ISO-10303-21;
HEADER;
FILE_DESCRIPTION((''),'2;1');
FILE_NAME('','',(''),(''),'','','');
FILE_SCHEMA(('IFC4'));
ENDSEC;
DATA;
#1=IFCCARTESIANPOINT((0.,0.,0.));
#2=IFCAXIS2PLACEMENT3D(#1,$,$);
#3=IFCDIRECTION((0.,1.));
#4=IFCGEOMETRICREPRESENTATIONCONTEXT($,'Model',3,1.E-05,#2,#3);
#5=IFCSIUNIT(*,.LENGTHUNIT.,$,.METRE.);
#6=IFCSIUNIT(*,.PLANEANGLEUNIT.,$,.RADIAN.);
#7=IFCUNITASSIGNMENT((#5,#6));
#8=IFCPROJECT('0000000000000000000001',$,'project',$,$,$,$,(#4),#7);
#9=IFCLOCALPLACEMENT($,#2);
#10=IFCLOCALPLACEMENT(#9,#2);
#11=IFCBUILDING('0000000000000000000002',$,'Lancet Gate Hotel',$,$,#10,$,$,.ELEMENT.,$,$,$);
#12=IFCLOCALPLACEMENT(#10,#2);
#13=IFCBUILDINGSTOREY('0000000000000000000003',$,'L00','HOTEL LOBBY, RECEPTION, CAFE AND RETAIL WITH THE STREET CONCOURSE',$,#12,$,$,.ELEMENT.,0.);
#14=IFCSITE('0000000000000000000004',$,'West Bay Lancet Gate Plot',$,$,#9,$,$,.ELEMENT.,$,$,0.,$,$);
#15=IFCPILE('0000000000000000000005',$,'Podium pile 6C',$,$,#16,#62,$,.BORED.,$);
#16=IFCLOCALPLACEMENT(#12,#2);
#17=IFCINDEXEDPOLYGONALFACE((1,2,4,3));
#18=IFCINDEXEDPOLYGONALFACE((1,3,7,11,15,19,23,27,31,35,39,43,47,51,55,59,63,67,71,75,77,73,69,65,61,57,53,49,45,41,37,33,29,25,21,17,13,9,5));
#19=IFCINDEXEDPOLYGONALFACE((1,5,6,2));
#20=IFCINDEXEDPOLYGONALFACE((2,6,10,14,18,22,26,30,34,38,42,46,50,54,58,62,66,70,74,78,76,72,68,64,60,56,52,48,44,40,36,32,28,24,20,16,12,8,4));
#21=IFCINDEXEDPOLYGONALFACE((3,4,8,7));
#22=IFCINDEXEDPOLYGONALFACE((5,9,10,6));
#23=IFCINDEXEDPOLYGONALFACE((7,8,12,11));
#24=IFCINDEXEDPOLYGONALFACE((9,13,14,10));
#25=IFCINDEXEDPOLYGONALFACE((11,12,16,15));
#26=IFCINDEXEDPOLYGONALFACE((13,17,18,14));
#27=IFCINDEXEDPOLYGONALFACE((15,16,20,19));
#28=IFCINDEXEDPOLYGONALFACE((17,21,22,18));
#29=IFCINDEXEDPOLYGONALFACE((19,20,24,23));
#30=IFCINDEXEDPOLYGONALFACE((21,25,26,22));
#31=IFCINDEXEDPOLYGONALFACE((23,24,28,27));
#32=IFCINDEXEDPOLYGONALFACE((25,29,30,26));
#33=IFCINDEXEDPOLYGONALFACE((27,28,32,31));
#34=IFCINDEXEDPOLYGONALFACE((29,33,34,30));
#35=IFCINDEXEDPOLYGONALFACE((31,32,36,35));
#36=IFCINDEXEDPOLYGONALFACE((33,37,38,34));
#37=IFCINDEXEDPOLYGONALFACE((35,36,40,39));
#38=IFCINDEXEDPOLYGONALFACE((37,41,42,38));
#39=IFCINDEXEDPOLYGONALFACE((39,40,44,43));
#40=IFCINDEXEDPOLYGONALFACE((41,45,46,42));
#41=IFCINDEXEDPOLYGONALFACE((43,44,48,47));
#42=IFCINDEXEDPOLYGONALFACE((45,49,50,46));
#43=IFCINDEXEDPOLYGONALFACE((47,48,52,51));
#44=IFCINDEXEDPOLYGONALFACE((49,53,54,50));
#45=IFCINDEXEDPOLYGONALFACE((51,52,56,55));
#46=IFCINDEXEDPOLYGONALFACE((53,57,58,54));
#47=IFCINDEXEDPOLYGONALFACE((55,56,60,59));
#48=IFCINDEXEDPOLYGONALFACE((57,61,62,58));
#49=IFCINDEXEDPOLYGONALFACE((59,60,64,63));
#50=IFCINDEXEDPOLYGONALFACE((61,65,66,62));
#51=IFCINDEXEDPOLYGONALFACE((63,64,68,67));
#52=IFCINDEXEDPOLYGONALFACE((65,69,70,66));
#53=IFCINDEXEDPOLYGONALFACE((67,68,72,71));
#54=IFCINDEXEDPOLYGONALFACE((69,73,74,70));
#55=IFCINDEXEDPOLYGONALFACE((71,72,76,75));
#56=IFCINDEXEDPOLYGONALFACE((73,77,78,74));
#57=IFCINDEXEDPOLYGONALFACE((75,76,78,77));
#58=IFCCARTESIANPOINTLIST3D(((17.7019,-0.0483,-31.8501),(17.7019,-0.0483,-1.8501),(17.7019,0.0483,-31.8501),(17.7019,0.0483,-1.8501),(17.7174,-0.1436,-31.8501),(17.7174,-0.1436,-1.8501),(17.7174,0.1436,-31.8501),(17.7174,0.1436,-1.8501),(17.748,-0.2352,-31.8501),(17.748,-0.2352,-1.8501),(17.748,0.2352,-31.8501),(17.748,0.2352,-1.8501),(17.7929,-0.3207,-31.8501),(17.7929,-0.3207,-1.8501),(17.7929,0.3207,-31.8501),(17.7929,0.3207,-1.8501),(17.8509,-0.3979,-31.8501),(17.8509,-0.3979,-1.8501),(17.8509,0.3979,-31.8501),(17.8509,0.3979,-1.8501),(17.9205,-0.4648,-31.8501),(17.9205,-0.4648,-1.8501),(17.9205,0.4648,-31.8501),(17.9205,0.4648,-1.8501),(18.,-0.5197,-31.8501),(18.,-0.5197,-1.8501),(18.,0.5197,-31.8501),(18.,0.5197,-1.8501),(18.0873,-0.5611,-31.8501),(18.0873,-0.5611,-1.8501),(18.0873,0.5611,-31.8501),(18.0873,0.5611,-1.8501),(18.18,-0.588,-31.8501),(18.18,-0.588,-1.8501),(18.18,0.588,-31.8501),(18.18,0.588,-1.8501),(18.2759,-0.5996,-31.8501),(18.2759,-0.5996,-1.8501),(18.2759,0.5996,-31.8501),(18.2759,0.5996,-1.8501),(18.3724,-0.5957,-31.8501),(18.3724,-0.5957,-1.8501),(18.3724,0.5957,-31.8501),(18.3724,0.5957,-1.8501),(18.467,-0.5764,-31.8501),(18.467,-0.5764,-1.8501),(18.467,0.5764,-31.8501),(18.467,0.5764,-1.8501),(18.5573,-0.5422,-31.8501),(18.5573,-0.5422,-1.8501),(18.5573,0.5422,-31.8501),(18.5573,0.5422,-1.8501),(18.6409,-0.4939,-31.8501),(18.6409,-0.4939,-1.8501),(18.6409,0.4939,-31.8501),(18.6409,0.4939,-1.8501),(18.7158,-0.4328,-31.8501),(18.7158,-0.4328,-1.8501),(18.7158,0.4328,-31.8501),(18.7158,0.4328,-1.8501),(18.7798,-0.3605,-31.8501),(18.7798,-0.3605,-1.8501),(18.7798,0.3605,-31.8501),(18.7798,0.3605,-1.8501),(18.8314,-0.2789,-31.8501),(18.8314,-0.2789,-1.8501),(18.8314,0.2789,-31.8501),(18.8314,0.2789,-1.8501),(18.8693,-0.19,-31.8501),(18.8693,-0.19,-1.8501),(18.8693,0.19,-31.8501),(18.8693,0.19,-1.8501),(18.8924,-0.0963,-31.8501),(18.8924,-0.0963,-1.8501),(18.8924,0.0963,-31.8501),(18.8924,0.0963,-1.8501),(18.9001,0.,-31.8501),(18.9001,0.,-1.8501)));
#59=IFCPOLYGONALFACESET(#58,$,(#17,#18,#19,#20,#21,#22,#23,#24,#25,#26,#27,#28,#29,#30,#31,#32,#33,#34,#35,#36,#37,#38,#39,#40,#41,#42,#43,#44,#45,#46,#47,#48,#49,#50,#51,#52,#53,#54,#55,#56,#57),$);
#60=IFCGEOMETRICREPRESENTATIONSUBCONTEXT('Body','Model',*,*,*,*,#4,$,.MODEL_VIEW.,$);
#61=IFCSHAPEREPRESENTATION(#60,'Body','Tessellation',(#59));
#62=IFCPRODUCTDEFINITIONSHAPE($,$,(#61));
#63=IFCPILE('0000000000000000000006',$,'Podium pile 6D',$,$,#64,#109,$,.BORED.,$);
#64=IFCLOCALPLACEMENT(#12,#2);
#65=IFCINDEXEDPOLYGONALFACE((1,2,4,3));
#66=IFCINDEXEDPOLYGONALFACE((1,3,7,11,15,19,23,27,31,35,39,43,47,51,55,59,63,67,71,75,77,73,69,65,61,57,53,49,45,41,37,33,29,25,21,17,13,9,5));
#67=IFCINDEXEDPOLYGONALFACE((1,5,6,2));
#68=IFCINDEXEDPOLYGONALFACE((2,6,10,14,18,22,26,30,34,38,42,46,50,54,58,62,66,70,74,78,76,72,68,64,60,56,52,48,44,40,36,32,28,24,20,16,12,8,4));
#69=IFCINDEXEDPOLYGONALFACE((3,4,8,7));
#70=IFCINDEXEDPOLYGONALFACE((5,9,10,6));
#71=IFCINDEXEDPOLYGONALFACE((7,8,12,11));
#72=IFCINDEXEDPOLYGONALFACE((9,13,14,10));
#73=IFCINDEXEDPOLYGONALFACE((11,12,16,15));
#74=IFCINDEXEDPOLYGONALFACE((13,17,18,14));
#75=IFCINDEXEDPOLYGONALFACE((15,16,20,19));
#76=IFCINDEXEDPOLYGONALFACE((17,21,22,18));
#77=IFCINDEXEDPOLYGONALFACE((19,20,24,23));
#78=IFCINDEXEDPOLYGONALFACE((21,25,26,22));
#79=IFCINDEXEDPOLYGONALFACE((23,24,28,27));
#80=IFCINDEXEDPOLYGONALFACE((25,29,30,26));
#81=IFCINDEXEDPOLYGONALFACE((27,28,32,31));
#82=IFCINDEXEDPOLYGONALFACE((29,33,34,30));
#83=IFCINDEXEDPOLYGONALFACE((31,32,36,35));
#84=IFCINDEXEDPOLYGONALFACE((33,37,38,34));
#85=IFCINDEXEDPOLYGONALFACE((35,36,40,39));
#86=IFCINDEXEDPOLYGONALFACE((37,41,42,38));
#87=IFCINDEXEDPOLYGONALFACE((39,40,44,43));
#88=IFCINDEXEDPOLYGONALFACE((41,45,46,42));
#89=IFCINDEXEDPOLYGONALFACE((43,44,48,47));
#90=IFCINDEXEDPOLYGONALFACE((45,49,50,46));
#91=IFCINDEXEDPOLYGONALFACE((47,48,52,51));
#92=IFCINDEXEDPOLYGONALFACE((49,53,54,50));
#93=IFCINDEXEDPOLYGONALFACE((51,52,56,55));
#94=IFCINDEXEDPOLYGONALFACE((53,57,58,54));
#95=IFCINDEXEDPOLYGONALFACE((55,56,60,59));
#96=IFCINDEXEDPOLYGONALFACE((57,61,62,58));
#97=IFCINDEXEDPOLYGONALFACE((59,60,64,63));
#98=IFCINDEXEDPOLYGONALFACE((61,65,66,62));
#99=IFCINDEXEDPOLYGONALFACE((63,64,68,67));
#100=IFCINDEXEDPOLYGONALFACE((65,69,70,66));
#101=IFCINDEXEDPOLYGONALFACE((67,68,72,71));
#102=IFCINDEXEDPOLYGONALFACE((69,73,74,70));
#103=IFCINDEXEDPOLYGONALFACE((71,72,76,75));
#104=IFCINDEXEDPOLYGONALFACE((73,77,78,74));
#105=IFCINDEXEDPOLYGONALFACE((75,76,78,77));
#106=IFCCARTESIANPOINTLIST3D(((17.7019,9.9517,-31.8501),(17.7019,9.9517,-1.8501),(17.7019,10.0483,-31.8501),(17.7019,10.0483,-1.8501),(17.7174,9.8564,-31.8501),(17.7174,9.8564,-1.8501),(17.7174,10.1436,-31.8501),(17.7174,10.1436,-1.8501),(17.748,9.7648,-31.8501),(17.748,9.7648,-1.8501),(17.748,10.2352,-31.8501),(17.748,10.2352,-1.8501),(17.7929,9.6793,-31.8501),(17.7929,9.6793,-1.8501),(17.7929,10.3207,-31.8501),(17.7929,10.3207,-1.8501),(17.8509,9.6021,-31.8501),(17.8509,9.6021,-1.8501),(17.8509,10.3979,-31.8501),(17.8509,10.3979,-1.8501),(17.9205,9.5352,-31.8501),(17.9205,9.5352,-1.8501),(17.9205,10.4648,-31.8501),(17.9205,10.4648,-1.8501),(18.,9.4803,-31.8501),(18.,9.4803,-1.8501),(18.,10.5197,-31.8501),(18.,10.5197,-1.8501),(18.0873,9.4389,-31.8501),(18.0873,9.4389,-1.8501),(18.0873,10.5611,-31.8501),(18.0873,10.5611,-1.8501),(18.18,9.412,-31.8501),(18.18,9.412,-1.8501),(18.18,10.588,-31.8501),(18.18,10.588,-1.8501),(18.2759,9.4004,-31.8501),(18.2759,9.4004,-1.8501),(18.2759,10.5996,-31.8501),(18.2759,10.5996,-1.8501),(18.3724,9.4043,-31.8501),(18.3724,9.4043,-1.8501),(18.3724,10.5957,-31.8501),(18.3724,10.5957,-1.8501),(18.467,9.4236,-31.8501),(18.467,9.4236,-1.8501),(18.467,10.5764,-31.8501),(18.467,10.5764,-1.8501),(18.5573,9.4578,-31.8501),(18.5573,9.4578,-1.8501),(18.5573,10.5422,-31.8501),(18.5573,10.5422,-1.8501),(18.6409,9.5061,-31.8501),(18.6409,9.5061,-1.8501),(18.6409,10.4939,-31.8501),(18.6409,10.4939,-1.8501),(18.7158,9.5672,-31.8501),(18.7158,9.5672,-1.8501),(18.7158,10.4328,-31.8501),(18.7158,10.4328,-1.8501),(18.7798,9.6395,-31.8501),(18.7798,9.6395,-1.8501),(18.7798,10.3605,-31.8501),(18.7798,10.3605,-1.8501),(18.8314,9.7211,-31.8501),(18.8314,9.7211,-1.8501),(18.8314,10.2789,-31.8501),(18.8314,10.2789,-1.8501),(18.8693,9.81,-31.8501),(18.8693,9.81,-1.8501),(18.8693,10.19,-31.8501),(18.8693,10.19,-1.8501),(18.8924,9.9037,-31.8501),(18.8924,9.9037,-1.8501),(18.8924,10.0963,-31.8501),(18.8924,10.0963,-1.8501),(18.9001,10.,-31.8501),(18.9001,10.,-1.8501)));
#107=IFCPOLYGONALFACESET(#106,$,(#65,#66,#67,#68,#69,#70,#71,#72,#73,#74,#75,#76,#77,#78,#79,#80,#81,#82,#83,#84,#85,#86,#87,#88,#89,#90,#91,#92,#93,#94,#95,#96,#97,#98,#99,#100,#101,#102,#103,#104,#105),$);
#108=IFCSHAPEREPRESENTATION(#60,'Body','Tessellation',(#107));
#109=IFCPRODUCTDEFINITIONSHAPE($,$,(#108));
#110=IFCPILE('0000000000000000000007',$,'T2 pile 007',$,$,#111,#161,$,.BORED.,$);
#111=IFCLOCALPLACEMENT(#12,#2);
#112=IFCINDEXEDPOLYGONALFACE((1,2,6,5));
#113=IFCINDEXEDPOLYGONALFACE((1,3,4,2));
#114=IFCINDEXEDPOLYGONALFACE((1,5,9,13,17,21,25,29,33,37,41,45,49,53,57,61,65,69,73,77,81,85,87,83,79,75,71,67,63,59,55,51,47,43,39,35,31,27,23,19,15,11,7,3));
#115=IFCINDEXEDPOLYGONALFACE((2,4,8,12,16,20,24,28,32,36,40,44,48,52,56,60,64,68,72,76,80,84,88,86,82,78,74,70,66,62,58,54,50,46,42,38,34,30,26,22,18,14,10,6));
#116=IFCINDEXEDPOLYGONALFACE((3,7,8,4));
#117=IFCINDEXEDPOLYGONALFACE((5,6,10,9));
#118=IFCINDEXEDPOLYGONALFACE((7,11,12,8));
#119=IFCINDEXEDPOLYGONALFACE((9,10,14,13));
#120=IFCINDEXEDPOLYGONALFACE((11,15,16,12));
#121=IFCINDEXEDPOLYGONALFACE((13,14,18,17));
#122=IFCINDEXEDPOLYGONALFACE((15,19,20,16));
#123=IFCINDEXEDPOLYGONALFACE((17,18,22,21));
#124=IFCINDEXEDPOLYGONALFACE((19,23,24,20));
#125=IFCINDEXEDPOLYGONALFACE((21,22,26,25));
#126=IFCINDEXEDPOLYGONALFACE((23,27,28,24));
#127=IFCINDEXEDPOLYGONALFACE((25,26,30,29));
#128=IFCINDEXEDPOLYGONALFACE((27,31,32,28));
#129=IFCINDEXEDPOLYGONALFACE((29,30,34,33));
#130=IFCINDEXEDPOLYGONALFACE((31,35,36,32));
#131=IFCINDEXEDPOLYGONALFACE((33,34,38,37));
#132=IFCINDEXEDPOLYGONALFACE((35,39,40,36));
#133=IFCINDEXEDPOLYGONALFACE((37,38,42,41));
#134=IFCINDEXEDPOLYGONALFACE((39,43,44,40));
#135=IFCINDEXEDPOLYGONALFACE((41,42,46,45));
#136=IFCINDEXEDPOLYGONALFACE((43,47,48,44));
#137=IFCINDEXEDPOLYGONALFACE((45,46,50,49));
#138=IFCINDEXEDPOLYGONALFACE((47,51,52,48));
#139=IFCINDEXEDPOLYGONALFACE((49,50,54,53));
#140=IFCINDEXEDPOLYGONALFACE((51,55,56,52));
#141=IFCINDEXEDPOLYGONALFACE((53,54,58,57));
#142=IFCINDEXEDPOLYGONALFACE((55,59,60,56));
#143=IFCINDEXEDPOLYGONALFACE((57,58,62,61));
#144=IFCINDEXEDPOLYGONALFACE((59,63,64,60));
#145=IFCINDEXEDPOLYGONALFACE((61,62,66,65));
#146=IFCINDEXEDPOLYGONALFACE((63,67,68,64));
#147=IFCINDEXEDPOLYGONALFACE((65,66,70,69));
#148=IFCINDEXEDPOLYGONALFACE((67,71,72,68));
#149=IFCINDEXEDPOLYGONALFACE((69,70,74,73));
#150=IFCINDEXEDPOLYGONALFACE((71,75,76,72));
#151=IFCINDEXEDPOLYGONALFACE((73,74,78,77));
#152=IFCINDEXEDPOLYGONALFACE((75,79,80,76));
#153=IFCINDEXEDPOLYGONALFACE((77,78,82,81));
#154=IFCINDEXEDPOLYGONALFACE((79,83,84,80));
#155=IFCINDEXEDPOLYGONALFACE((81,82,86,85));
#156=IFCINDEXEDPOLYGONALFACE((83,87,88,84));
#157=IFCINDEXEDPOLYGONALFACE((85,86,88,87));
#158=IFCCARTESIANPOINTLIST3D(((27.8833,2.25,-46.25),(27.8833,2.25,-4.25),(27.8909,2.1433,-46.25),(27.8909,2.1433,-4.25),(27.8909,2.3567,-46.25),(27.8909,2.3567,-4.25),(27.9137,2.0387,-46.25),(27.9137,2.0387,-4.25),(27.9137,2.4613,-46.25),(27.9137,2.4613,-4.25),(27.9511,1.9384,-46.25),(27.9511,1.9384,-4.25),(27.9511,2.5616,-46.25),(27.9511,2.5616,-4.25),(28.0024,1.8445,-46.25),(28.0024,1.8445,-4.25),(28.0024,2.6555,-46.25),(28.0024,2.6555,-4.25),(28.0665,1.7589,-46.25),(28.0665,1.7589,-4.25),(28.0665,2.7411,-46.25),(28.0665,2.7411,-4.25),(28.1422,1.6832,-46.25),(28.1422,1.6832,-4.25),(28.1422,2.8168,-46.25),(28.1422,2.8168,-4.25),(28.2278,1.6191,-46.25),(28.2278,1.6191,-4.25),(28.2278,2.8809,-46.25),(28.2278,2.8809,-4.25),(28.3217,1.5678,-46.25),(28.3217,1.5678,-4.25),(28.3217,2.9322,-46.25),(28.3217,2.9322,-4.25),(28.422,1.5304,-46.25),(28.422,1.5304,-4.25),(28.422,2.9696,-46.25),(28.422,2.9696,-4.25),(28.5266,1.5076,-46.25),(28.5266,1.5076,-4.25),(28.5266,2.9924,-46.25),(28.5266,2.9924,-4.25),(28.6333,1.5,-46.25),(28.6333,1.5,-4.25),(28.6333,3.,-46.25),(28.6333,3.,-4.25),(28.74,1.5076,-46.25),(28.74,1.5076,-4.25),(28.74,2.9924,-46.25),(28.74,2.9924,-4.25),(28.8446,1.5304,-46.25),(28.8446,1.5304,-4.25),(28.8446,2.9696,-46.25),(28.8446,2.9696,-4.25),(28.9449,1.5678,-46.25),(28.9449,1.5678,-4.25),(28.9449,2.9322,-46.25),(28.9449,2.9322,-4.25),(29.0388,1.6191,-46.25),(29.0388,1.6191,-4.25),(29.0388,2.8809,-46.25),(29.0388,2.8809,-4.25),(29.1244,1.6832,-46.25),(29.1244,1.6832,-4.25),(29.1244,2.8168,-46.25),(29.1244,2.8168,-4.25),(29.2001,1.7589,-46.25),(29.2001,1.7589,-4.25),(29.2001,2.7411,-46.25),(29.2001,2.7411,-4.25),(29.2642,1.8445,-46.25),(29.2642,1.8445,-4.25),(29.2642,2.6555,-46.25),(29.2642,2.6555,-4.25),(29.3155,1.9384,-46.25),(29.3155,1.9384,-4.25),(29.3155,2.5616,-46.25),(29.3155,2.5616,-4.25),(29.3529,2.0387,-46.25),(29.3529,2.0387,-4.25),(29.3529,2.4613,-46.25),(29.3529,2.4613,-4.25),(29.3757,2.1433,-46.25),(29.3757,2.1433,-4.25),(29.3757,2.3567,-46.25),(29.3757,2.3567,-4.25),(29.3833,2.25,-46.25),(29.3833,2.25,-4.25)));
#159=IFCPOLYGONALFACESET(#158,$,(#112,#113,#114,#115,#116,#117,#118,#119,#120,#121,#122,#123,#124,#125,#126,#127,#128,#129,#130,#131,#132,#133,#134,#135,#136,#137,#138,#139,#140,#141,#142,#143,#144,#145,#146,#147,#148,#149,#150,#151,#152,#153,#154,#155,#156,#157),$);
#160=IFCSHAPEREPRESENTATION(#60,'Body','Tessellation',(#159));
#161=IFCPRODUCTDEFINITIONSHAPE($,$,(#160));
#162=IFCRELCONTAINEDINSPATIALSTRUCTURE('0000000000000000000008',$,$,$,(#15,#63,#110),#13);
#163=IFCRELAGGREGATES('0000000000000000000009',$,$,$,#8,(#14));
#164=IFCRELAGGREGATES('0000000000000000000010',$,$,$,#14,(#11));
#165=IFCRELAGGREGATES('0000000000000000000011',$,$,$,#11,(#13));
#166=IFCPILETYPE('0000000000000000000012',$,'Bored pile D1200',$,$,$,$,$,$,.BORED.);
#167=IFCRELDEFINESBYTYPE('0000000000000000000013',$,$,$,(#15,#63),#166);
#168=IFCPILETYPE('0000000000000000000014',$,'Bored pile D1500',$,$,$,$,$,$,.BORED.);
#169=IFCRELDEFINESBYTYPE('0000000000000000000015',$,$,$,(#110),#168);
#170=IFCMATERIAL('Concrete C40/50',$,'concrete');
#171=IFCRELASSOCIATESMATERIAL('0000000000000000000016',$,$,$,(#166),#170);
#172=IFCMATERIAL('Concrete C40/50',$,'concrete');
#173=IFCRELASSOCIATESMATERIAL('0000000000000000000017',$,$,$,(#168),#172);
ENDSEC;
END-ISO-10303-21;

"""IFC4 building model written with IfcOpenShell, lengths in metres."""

from ifc_helpers import new_model, si_unit, direction, frame, origin, origin_2d, place, context, subcontext, project, spatial, circle, extrude, material, material_profile, profile_set, type_object, element, save


model = new_model("IFC4")

# Units and contexts
model_context = context("Model", 3, precision=1e-05, world=origin(), true_north=direction((0.0, 1.0)))
body_context = subcontext(model_context, "Body", "Model", "MODEL_VIEW")
ifc_project = project(units=[si_unit("LENGTHUNIT", "METRE"), si_unit("PLANEANGLEUNIT", "RADIAN")], contexts=[model_context])

# Site, building, storey
site_placement = place(None, origin())
site = spatial("IfcSite", under=ifc_project, at=site_placement, Name="West Bay Lancet Gate Plot", CompositionType="ELEMENT", RefElevation=0.0)
building_placement = place(site_placement, origin())
building = spatial("IfcBuilding", under=site, at=building_placement, Name="Lancet Gate Hotel", CompositionType="ELEMENT")
storey_placement = place(building_placement, origin())
storey = spatial("IfcBuildingStorey", under=building, at=storey_placement, Name="L00", Description="HOTEL LOBBY, RECEPTION, CAFE AND RETAIL WITH THE STREET CONCOURSE", CompositionType="ELEMENT", Elevation=0.0)

# Piles
ifc_material_1 = material(Name="Concrete C40/50", Category="concrete")
ifc_material_profile_1 = material_profile(ifc_material_1, circle(Radius=0.6001, at=origin_2d()), Name="PILE D1200")
ifc_profile_set_1 = profile_set([ifc_material_profile_1], Name="Concrete C40/50")
pile_type_1 = type_object("IfcPileType", Name="Bored pile D1200", PredefinedType="BORED", material=ifc_profile_set_1)
for number, where, z_axis, x_axis, name in (
    (1, (18.3, 0.0, -1.8501), (0.0, 0.0, -1.0), (1.0, 0.0, 0.0), "Podium pile 6C"),
    (2, (18.3, 10.0, -1.8501), (0.0, 0.0, -1.0), (1.0, 0.0, 0.0), "Podium pile 6D"),
):
    element("IfcPile", number, at=place(storey_placement, frame(where, z_axis=z_axis, x_axis=x_axis)), inside=storey, type_object=pile_type_1, Name=name, PredefinedType="BORED", context=body_context, shape_type="SweptSolid", body=[
        extrude(circle(Radius=0.6001, at=origin_2d()), origin(), (0.0, 0.0, 1.0), 30.0),
    ])
ifc_material_2 = material(Name="Concrete C40/50", Category="concrete")
ifc_material_profile_2 = material_profile(ifc_material_2, circle(Radius=0.75, at=origin_2d()), Name="PILE D1500")
ifc_profile_set_2 = profile_set([ifc_material_profile_2], Name="Concrete C40/50")
pile_type_2 = type_object("IfcPileType", Name="Bored pile D1500", PredefinedType="BORED", material=ifc_profile_set_2)
for number, where, z_axis, x_axis, name in (
    (3, (28.6333, 2.25, -4.25), (0.0, 0.0, -1.0), (1.0, 0.0, 0.0), "T2 pile 007"),
):
    element("IfcPile", number, at=place(storey_placement, frame(where, z_axis=z_axis, x_axis=x_axis)), inside=storey, type_object=pile_type_2, Name=name, PredefinedType="BORED", context=body_context, shape_type="SweptSolid", body=[
        extrude(circle(Radius=0.75, at=origin_2d()), origin(), (0.0, 0.0, 1.0), 42.0),
    ])

save(model, "model.ifc")
